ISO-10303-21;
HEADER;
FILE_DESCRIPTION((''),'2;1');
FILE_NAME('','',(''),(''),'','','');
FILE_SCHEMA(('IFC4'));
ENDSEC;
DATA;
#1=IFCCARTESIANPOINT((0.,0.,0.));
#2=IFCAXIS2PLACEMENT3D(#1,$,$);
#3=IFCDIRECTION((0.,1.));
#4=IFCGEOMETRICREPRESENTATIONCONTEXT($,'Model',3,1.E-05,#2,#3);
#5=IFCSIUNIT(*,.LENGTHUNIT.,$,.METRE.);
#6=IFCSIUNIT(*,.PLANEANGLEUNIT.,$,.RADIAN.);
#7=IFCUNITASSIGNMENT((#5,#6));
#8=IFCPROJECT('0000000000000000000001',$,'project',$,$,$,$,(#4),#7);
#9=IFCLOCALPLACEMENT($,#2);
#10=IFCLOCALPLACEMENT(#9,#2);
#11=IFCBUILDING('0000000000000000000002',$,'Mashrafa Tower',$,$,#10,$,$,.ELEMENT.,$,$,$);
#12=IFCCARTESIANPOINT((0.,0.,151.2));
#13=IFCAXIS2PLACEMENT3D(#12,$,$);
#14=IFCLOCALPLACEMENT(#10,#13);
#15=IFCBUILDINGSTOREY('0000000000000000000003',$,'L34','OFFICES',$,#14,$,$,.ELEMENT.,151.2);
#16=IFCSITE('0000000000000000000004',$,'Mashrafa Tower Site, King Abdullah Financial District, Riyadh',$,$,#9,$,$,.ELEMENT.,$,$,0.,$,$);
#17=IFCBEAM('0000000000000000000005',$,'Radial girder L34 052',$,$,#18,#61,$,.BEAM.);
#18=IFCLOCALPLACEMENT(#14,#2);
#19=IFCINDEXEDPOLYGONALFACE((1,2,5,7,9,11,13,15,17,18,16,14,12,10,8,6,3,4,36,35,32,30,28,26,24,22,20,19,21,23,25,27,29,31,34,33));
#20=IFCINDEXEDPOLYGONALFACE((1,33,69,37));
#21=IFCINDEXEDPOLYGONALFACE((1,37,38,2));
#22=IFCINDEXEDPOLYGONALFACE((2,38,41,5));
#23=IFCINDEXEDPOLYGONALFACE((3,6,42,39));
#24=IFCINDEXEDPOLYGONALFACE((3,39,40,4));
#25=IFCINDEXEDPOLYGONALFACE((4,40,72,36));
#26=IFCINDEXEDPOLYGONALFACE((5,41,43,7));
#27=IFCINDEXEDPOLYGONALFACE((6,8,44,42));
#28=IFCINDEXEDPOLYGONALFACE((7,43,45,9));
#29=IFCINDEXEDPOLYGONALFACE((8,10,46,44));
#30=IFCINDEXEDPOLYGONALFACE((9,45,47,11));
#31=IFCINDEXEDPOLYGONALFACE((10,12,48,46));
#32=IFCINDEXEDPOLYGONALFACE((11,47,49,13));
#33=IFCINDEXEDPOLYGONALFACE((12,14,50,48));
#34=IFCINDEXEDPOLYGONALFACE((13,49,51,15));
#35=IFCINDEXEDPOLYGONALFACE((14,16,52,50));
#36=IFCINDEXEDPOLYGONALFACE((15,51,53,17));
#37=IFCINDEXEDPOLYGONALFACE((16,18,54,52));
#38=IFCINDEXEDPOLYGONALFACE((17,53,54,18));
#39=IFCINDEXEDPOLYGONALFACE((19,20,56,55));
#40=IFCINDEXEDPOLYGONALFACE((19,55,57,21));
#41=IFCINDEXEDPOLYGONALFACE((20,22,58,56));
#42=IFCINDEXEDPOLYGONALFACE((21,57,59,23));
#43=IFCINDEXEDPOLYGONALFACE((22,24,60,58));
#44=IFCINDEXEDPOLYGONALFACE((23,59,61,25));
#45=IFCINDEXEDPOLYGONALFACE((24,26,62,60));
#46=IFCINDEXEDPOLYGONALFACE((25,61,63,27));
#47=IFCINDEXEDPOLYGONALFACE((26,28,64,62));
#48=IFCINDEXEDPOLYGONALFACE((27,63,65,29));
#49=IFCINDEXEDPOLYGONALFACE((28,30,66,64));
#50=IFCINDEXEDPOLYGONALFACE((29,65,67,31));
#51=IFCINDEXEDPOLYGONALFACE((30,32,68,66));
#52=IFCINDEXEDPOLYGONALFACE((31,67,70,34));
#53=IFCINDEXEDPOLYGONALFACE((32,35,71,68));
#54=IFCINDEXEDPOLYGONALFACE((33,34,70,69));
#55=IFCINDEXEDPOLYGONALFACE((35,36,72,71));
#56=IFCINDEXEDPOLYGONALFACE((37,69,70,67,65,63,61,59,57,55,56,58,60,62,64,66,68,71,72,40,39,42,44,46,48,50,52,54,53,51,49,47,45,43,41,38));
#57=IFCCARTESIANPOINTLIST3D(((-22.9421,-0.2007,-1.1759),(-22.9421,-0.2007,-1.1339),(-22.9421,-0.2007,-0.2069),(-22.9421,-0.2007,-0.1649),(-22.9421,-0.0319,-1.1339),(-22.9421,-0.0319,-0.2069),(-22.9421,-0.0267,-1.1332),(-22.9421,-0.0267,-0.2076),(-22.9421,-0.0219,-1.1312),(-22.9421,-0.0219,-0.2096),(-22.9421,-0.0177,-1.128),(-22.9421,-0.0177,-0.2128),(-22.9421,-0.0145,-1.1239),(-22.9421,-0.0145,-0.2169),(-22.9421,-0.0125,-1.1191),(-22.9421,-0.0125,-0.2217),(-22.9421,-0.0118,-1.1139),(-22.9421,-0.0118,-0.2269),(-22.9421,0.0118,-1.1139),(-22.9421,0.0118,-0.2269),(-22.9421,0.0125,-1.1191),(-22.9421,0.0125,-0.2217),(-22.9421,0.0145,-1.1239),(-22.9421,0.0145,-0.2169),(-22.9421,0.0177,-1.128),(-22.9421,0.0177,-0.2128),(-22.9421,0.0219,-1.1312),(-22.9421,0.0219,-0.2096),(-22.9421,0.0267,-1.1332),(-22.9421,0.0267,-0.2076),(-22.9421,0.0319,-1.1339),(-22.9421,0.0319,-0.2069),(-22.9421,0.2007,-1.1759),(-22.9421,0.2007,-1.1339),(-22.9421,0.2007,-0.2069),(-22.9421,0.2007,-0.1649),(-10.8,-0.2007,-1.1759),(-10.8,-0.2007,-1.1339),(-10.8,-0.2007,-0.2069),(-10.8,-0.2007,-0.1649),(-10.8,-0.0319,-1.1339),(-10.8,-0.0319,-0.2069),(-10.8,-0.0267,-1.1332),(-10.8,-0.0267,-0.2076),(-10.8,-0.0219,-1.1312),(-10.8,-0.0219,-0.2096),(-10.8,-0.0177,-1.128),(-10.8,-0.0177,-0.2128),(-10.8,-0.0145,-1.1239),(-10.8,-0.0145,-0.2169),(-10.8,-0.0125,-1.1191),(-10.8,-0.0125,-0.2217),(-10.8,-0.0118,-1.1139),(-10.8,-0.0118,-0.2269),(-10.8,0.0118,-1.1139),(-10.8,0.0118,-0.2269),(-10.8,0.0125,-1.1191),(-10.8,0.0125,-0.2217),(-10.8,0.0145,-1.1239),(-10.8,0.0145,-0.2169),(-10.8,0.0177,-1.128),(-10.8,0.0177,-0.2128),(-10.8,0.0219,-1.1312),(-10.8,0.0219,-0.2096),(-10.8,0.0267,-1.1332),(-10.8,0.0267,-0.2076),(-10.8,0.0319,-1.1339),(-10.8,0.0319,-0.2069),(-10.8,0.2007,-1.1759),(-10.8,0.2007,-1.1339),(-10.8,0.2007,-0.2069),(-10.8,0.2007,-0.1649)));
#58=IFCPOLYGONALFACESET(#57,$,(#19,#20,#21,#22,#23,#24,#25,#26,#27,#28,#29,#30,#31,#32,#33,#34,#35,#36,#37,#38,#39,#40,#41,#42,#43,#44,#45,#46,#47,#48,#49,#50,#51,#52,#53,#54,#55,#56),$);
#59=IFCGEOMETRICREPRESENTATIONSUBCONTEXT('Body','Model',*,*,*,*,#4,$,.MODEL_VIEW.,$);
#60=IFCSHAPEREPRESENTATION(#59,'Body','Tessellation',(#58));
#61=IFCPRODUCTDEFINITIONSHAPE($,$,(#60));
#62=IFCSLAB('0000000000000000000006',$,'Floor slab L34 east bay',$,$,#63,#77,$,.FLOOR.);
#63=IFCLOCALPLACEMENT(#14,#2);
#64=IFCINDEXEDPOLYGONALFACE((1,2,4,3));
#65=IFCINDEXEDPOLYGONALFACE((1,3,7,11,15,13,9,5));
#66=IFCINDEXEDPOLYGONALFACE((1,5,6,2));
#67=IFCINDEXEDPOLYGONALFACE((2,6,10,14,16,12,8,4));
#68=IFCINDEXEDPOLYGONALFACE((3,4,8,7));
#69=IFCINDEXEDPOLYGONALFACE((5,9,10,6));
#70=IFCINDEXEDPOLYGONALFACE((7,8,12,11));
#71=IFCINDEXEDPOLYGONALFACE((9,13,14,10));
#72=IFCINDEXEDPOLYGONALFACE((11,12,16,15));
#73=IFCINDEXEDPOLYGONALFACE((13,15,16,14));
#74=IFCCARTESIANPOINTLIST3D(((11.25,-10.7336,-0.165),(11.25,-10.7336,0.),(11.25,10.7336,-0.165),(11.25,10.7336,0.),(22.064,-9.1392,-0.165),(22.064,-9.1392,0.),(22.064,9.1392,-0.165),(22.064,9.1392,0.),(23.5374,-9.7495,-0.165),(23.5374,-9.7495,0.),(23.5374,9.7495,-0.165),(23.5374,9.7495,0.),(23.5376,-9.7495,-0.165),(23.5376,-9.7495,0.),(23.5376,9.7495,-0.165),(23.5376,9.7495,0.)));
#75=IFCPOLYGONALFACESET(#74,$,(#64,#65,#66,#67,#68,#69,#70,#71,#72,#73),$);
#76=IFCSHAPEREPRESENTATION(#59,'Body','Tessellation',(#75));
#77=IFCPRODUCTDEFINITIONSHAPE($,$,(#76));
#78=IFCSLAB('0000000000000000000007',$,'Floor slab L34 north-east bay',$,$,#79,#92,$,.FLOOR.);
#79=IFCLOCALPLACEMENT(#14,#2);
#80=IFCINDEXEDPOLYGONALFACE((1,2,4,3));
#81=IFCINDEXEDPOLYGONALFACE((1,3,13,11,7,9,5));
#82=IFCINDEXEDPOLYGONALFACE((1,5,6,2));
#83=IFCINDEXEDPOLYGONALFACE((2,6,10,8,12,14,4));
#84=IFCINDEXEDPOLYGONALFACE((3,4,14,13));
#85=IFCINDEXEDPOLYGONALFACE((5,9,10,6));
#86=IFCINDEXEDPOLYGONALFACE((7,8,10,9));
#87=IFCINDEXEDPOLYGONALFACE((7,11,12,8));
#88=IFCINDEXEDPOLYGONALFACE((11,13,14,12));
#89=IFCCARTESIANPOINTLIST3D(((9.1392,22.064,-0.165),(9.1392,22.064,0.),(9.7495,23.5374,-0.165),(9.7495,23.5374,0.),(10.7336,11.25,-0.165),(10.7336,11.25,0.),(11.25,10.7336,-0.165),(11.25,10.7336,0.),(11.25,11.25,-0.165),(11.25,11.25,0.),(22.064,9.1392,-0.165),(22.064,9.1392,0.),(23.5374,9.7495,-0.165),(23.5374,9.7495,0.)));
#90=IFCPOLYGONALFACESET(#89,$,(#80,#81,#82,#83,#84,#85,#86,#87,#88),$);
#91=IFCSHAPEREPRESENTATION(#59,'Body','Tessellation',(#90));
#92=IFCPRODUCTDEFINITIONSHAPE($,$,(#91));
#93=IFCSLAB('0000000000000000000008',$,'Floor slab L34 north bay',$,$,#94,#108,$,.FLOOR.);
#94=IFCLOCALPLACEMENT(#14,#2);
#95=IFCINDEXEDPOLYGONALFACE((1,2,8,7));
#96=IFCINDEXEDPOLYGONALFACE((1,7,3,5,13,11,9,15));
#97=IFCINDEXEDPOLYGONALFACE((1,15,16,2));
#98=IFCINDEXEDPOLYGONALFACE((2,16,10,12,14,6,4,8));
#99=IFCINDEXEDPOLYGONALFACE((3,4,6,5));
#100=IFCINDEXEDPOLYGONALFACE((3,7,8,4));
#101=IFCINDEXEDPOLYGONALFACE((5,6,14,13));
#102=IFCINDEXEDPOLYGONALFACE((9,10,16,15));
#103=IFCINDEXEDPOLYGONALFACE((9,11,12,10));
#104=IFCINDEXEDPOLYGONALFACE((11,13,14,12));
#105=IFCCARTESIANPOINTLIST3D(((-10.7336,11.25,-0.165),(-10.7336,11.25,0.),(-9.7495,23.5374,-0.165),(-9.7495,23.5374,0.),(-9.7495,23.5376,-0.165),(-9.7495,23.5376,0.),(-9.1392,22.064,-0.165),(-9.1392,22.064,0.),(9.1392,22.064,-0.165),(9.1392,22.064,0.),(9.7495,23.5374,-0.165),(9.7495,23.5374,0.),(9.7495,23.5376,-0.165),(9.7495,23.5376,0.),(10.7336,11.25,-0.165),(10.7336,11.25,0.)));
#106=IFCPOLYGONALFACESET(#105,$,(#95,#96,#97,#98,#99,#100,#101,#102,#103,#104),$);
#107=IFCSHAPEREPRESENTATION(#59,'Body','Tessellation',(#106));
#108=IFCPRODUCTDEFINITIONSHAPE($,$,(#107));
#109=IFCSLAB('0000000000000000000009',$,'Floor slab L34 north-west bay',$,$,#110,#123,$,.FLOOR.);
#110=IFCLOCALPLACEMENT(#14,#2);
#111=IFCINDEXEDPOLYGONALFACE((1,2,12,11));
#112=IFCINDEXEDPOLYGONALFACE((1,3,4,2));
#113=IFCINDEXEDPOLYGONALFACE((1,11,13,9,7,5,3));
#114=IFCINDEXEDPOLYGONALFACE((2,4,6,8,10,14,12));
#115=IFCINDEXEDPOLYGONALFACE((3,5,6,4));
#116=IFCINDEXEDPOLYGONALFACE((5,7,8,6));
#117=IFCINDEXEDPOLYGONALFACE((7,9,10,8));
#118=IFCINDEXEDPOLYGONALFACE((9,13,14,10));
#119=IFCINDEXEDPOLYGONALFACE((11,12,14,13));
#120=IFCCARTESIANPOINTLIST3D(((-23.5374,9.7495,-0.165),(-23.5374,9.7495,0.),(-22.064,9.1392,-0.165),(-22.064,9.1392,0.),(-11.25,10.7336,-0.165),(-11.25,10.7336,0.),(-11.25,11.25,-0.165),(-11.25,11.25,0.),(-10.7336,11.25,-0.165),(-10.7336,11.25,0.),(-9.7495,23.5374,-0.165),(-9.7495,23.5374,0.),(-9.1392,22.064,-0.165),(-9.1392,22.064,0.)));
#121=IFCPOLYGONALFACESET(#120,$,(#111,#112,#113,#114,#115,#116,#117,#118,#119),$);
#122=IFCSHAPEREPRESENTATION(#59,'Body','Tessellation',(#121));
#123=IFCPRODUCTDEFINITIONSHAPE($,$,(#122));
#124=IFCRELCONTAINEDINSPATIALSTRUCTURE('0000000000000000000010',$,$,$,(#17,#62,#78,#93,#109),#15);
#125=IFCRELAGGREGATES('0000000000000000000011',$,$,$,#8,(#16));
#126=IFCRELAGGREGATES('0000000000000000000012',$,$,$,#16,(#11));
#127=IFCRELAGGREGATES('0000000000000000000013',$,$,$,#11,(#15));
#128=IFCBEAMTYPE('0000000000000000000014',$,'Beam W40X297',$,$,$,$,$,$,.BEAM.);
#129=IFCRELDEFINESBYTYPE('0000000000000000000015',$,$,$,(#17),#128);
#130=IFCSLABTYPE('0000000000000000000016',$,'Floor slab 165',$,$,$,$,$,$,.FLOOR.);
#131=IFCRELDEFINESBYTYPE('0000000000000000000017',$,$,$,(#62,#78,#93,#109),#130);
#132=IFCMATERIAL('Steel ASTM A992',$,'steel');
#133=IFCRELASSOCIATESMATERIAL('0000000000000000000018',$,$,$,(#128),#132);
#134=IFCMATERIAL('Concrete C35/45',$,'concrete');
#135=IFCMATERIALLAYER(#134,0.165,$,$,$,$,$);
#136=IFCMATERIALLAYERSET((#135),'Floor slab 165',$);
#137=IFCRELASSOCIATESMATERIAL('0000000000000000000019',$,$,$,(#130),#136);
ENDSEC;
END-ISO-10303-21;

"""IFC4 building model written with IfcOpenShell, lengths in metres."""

from ifc_helpers import new_model, si_unit, direction, frame, origin, origin_2d, place, context, subcontext, project, spatial, polyline, i_section, outline, extrude, material, layer, layer_set, material_profile, profile_set, type_object, element, save


model = new_model("IFC4")

# Units and contexts
model_context = context("Model", 3, precision=1e-05, world=origin(), true_north=direction((0.0, 1.0)))
body_context = subcontext(model_context, "Body", "Model", "MODEL_VIEW")
ifc_project = project(units=[si_unit("LENGTHUNIT", "METRE"), si_unit("PLANEANGLEUNIT", "RADIAN")], contexts=[model_context])

# Site, building, storey
site_placement = place(None, origin())
site = spatial("IfcSite", under=ifc_project, at=site_placement, Name="Mashrafa Tower Site, King Abdullah Financial District, Riyadh", CompositionType="ELEMENT", RefElevation=0.0)
building_placement = place(site_placement, origin())
building = spatial("IfcBuilding", under=site, at=building_placement, Name="Mashrafa Tower", CompositionType="ELEMENT")
storey_placement = place(building_placement, frame((0.0, 0.0, 151.2)))
storey = spatial("IfcBuildingStorey", under=building, at=storey_placement, Name="L34", Description="OFFICES", CompositionType="ELEMENT", Elevation=151.2)

# Beam
ifc_material_1 = material(Name="Steel ASTM A992", Category="steel")
ifc_material_profile = material_profile(ifc_material_1, i_section(OverallWidth=0.4014, OverallDepth=1.011, WebThickness=0.0237, FlangeThickness=0.042, FilletRadius=0.02, at=origin_2d()), Name="W40X297")
ifc_profile_set = profile_set([ifc_material_profile], Name="Steel ASTM A992")
beam_type = type_object("IfcBeamType", Name="Beam W40X297", PredefinedType="BEAM", material=ifc_profile_set)
beam_placement = place(storey_placement, frame((-10.8, 0.0, -0.6704), z_axis=(-1.0, 0.0, 0.0), x_axis=(0.0, -1.0, 0.0)))
element("IfcBeam", 1, at=beam_placement, inside=storey, type_object=beam_type, Name="Radial girder L34 052", PredefinedType="BEAM", context=body_context, shape_type="SweptSolid", body=[
    extrude(i_section(OverallWidth=0.4014, OverallDepth=1.011, WebThickness=0.0237, FlangeThickness=0.042, FilletRadius=0.02, at=origin_2d()), origin(), (0.0, 0.0, 1.0), 12.1421),
])

# Slabs
ifc_material_2 = material(Name="Concrete C35/45", Category="concrete")
ifc_layer_1 = layer(ifc_material_2, 0.165)
ifc_layer_set_1 = layer_set([ifc_layer_1], Name="Floor slab 165")
slab_type = type_object("IfcSlabType", Name="Floor slab 165", PredefinedType="FLOOR", material=ifc_layer_set_1)
slab_1_placement = place(storey_placement, frame((0.0, 0.0, -0.165)))
element("IfcSlab", 2, at=slab_1_placement, inside=storey, type_object=slab_type, Name="Floor slab L34 east bay", PredefinedType="FLOOR", context=body_context, shape_type="SweptSolid", body=[
    extrude(outline(polyline([(23.5376, 9.7495), (23.5376, -9.7495), (23.5374, -9.7495), (22.064, -9.1392), (11.25, -10.7336), (11.25, 10.7336), (22.064, 9.1392), (23.5374, 9.7495), (23.5376, 9.7495)])), origin(), (0.0, 0.0, 1.0), 0.165),
])
slab_2_placement = place(storey_placement, frame((0.0, 0.0, -0.165)))
element("IfcSlab", 3, at=slab_2_placement, inside=storey, type_object=slab_type, Name="Floor slab L34 north-east bay", PredefinedType="FLOOR", context=body_context, shape_type="SweptSolid", body=[
    extrude(outline(polyline([(23.5374, 9.7495), (22.064, 9.1392), (11.25, 10.7336), (11.25, 11.25), (10.7336, 11.25), (9.1392, 22.064), (9.7495, 23.5374), (23.5374, 9.7495)])), origin(), (0.0, 0.0, 1.0), 0.165),
])
slab_3_placement = place(storey_placement, frame((0.0, 0.0, -0.165)))
element("IfcSlab", 4, at=slab_3_placement, inside=storey, type_object=slab_type, Name="Floor slab L34 north bay", PredefinedType="FLOOR", context=body_context, shape_type="SweptSolid", body=[
    extrude(outline(polyline([(-9.7495, 23.5376), (9.7495, 23.5376), (9.7495, 23.5374), (9.1392, 22.064), (10.7336, 11.25), (-10.7336, 11.25), (-9.1392, 22.064), (-9.7495, 23.5374), (-9.7495, 23.5376)])), origin(), (0.0, 0.0, 1.0), 0.165),
])
slab_4_placement = place(storey_placement, frame((0.0, 0.0, -0.165)))
element("IfcSlab", 5, at=slab_4_placement, inside=storey, type_object=slab_type, Name="Floor slab L34 north-west bay", PredefinedType="FLOOR", context=body_context, shape_type="SweptSolid", body=[
    extrude(outline(polyline([(-9.7495, 23.5374), (-9.1392, 22.064), (-10.7336, 11.25), (-11.25, 11.25), (-11.25, 10.7336), (-22.064, 9.1392), (-23.5374, 9.7495), (-9.7495, 23.5374)])), origin(), (0.0, 0.0, 1.0), 0.165),
])

save(model, "model.ifc")
